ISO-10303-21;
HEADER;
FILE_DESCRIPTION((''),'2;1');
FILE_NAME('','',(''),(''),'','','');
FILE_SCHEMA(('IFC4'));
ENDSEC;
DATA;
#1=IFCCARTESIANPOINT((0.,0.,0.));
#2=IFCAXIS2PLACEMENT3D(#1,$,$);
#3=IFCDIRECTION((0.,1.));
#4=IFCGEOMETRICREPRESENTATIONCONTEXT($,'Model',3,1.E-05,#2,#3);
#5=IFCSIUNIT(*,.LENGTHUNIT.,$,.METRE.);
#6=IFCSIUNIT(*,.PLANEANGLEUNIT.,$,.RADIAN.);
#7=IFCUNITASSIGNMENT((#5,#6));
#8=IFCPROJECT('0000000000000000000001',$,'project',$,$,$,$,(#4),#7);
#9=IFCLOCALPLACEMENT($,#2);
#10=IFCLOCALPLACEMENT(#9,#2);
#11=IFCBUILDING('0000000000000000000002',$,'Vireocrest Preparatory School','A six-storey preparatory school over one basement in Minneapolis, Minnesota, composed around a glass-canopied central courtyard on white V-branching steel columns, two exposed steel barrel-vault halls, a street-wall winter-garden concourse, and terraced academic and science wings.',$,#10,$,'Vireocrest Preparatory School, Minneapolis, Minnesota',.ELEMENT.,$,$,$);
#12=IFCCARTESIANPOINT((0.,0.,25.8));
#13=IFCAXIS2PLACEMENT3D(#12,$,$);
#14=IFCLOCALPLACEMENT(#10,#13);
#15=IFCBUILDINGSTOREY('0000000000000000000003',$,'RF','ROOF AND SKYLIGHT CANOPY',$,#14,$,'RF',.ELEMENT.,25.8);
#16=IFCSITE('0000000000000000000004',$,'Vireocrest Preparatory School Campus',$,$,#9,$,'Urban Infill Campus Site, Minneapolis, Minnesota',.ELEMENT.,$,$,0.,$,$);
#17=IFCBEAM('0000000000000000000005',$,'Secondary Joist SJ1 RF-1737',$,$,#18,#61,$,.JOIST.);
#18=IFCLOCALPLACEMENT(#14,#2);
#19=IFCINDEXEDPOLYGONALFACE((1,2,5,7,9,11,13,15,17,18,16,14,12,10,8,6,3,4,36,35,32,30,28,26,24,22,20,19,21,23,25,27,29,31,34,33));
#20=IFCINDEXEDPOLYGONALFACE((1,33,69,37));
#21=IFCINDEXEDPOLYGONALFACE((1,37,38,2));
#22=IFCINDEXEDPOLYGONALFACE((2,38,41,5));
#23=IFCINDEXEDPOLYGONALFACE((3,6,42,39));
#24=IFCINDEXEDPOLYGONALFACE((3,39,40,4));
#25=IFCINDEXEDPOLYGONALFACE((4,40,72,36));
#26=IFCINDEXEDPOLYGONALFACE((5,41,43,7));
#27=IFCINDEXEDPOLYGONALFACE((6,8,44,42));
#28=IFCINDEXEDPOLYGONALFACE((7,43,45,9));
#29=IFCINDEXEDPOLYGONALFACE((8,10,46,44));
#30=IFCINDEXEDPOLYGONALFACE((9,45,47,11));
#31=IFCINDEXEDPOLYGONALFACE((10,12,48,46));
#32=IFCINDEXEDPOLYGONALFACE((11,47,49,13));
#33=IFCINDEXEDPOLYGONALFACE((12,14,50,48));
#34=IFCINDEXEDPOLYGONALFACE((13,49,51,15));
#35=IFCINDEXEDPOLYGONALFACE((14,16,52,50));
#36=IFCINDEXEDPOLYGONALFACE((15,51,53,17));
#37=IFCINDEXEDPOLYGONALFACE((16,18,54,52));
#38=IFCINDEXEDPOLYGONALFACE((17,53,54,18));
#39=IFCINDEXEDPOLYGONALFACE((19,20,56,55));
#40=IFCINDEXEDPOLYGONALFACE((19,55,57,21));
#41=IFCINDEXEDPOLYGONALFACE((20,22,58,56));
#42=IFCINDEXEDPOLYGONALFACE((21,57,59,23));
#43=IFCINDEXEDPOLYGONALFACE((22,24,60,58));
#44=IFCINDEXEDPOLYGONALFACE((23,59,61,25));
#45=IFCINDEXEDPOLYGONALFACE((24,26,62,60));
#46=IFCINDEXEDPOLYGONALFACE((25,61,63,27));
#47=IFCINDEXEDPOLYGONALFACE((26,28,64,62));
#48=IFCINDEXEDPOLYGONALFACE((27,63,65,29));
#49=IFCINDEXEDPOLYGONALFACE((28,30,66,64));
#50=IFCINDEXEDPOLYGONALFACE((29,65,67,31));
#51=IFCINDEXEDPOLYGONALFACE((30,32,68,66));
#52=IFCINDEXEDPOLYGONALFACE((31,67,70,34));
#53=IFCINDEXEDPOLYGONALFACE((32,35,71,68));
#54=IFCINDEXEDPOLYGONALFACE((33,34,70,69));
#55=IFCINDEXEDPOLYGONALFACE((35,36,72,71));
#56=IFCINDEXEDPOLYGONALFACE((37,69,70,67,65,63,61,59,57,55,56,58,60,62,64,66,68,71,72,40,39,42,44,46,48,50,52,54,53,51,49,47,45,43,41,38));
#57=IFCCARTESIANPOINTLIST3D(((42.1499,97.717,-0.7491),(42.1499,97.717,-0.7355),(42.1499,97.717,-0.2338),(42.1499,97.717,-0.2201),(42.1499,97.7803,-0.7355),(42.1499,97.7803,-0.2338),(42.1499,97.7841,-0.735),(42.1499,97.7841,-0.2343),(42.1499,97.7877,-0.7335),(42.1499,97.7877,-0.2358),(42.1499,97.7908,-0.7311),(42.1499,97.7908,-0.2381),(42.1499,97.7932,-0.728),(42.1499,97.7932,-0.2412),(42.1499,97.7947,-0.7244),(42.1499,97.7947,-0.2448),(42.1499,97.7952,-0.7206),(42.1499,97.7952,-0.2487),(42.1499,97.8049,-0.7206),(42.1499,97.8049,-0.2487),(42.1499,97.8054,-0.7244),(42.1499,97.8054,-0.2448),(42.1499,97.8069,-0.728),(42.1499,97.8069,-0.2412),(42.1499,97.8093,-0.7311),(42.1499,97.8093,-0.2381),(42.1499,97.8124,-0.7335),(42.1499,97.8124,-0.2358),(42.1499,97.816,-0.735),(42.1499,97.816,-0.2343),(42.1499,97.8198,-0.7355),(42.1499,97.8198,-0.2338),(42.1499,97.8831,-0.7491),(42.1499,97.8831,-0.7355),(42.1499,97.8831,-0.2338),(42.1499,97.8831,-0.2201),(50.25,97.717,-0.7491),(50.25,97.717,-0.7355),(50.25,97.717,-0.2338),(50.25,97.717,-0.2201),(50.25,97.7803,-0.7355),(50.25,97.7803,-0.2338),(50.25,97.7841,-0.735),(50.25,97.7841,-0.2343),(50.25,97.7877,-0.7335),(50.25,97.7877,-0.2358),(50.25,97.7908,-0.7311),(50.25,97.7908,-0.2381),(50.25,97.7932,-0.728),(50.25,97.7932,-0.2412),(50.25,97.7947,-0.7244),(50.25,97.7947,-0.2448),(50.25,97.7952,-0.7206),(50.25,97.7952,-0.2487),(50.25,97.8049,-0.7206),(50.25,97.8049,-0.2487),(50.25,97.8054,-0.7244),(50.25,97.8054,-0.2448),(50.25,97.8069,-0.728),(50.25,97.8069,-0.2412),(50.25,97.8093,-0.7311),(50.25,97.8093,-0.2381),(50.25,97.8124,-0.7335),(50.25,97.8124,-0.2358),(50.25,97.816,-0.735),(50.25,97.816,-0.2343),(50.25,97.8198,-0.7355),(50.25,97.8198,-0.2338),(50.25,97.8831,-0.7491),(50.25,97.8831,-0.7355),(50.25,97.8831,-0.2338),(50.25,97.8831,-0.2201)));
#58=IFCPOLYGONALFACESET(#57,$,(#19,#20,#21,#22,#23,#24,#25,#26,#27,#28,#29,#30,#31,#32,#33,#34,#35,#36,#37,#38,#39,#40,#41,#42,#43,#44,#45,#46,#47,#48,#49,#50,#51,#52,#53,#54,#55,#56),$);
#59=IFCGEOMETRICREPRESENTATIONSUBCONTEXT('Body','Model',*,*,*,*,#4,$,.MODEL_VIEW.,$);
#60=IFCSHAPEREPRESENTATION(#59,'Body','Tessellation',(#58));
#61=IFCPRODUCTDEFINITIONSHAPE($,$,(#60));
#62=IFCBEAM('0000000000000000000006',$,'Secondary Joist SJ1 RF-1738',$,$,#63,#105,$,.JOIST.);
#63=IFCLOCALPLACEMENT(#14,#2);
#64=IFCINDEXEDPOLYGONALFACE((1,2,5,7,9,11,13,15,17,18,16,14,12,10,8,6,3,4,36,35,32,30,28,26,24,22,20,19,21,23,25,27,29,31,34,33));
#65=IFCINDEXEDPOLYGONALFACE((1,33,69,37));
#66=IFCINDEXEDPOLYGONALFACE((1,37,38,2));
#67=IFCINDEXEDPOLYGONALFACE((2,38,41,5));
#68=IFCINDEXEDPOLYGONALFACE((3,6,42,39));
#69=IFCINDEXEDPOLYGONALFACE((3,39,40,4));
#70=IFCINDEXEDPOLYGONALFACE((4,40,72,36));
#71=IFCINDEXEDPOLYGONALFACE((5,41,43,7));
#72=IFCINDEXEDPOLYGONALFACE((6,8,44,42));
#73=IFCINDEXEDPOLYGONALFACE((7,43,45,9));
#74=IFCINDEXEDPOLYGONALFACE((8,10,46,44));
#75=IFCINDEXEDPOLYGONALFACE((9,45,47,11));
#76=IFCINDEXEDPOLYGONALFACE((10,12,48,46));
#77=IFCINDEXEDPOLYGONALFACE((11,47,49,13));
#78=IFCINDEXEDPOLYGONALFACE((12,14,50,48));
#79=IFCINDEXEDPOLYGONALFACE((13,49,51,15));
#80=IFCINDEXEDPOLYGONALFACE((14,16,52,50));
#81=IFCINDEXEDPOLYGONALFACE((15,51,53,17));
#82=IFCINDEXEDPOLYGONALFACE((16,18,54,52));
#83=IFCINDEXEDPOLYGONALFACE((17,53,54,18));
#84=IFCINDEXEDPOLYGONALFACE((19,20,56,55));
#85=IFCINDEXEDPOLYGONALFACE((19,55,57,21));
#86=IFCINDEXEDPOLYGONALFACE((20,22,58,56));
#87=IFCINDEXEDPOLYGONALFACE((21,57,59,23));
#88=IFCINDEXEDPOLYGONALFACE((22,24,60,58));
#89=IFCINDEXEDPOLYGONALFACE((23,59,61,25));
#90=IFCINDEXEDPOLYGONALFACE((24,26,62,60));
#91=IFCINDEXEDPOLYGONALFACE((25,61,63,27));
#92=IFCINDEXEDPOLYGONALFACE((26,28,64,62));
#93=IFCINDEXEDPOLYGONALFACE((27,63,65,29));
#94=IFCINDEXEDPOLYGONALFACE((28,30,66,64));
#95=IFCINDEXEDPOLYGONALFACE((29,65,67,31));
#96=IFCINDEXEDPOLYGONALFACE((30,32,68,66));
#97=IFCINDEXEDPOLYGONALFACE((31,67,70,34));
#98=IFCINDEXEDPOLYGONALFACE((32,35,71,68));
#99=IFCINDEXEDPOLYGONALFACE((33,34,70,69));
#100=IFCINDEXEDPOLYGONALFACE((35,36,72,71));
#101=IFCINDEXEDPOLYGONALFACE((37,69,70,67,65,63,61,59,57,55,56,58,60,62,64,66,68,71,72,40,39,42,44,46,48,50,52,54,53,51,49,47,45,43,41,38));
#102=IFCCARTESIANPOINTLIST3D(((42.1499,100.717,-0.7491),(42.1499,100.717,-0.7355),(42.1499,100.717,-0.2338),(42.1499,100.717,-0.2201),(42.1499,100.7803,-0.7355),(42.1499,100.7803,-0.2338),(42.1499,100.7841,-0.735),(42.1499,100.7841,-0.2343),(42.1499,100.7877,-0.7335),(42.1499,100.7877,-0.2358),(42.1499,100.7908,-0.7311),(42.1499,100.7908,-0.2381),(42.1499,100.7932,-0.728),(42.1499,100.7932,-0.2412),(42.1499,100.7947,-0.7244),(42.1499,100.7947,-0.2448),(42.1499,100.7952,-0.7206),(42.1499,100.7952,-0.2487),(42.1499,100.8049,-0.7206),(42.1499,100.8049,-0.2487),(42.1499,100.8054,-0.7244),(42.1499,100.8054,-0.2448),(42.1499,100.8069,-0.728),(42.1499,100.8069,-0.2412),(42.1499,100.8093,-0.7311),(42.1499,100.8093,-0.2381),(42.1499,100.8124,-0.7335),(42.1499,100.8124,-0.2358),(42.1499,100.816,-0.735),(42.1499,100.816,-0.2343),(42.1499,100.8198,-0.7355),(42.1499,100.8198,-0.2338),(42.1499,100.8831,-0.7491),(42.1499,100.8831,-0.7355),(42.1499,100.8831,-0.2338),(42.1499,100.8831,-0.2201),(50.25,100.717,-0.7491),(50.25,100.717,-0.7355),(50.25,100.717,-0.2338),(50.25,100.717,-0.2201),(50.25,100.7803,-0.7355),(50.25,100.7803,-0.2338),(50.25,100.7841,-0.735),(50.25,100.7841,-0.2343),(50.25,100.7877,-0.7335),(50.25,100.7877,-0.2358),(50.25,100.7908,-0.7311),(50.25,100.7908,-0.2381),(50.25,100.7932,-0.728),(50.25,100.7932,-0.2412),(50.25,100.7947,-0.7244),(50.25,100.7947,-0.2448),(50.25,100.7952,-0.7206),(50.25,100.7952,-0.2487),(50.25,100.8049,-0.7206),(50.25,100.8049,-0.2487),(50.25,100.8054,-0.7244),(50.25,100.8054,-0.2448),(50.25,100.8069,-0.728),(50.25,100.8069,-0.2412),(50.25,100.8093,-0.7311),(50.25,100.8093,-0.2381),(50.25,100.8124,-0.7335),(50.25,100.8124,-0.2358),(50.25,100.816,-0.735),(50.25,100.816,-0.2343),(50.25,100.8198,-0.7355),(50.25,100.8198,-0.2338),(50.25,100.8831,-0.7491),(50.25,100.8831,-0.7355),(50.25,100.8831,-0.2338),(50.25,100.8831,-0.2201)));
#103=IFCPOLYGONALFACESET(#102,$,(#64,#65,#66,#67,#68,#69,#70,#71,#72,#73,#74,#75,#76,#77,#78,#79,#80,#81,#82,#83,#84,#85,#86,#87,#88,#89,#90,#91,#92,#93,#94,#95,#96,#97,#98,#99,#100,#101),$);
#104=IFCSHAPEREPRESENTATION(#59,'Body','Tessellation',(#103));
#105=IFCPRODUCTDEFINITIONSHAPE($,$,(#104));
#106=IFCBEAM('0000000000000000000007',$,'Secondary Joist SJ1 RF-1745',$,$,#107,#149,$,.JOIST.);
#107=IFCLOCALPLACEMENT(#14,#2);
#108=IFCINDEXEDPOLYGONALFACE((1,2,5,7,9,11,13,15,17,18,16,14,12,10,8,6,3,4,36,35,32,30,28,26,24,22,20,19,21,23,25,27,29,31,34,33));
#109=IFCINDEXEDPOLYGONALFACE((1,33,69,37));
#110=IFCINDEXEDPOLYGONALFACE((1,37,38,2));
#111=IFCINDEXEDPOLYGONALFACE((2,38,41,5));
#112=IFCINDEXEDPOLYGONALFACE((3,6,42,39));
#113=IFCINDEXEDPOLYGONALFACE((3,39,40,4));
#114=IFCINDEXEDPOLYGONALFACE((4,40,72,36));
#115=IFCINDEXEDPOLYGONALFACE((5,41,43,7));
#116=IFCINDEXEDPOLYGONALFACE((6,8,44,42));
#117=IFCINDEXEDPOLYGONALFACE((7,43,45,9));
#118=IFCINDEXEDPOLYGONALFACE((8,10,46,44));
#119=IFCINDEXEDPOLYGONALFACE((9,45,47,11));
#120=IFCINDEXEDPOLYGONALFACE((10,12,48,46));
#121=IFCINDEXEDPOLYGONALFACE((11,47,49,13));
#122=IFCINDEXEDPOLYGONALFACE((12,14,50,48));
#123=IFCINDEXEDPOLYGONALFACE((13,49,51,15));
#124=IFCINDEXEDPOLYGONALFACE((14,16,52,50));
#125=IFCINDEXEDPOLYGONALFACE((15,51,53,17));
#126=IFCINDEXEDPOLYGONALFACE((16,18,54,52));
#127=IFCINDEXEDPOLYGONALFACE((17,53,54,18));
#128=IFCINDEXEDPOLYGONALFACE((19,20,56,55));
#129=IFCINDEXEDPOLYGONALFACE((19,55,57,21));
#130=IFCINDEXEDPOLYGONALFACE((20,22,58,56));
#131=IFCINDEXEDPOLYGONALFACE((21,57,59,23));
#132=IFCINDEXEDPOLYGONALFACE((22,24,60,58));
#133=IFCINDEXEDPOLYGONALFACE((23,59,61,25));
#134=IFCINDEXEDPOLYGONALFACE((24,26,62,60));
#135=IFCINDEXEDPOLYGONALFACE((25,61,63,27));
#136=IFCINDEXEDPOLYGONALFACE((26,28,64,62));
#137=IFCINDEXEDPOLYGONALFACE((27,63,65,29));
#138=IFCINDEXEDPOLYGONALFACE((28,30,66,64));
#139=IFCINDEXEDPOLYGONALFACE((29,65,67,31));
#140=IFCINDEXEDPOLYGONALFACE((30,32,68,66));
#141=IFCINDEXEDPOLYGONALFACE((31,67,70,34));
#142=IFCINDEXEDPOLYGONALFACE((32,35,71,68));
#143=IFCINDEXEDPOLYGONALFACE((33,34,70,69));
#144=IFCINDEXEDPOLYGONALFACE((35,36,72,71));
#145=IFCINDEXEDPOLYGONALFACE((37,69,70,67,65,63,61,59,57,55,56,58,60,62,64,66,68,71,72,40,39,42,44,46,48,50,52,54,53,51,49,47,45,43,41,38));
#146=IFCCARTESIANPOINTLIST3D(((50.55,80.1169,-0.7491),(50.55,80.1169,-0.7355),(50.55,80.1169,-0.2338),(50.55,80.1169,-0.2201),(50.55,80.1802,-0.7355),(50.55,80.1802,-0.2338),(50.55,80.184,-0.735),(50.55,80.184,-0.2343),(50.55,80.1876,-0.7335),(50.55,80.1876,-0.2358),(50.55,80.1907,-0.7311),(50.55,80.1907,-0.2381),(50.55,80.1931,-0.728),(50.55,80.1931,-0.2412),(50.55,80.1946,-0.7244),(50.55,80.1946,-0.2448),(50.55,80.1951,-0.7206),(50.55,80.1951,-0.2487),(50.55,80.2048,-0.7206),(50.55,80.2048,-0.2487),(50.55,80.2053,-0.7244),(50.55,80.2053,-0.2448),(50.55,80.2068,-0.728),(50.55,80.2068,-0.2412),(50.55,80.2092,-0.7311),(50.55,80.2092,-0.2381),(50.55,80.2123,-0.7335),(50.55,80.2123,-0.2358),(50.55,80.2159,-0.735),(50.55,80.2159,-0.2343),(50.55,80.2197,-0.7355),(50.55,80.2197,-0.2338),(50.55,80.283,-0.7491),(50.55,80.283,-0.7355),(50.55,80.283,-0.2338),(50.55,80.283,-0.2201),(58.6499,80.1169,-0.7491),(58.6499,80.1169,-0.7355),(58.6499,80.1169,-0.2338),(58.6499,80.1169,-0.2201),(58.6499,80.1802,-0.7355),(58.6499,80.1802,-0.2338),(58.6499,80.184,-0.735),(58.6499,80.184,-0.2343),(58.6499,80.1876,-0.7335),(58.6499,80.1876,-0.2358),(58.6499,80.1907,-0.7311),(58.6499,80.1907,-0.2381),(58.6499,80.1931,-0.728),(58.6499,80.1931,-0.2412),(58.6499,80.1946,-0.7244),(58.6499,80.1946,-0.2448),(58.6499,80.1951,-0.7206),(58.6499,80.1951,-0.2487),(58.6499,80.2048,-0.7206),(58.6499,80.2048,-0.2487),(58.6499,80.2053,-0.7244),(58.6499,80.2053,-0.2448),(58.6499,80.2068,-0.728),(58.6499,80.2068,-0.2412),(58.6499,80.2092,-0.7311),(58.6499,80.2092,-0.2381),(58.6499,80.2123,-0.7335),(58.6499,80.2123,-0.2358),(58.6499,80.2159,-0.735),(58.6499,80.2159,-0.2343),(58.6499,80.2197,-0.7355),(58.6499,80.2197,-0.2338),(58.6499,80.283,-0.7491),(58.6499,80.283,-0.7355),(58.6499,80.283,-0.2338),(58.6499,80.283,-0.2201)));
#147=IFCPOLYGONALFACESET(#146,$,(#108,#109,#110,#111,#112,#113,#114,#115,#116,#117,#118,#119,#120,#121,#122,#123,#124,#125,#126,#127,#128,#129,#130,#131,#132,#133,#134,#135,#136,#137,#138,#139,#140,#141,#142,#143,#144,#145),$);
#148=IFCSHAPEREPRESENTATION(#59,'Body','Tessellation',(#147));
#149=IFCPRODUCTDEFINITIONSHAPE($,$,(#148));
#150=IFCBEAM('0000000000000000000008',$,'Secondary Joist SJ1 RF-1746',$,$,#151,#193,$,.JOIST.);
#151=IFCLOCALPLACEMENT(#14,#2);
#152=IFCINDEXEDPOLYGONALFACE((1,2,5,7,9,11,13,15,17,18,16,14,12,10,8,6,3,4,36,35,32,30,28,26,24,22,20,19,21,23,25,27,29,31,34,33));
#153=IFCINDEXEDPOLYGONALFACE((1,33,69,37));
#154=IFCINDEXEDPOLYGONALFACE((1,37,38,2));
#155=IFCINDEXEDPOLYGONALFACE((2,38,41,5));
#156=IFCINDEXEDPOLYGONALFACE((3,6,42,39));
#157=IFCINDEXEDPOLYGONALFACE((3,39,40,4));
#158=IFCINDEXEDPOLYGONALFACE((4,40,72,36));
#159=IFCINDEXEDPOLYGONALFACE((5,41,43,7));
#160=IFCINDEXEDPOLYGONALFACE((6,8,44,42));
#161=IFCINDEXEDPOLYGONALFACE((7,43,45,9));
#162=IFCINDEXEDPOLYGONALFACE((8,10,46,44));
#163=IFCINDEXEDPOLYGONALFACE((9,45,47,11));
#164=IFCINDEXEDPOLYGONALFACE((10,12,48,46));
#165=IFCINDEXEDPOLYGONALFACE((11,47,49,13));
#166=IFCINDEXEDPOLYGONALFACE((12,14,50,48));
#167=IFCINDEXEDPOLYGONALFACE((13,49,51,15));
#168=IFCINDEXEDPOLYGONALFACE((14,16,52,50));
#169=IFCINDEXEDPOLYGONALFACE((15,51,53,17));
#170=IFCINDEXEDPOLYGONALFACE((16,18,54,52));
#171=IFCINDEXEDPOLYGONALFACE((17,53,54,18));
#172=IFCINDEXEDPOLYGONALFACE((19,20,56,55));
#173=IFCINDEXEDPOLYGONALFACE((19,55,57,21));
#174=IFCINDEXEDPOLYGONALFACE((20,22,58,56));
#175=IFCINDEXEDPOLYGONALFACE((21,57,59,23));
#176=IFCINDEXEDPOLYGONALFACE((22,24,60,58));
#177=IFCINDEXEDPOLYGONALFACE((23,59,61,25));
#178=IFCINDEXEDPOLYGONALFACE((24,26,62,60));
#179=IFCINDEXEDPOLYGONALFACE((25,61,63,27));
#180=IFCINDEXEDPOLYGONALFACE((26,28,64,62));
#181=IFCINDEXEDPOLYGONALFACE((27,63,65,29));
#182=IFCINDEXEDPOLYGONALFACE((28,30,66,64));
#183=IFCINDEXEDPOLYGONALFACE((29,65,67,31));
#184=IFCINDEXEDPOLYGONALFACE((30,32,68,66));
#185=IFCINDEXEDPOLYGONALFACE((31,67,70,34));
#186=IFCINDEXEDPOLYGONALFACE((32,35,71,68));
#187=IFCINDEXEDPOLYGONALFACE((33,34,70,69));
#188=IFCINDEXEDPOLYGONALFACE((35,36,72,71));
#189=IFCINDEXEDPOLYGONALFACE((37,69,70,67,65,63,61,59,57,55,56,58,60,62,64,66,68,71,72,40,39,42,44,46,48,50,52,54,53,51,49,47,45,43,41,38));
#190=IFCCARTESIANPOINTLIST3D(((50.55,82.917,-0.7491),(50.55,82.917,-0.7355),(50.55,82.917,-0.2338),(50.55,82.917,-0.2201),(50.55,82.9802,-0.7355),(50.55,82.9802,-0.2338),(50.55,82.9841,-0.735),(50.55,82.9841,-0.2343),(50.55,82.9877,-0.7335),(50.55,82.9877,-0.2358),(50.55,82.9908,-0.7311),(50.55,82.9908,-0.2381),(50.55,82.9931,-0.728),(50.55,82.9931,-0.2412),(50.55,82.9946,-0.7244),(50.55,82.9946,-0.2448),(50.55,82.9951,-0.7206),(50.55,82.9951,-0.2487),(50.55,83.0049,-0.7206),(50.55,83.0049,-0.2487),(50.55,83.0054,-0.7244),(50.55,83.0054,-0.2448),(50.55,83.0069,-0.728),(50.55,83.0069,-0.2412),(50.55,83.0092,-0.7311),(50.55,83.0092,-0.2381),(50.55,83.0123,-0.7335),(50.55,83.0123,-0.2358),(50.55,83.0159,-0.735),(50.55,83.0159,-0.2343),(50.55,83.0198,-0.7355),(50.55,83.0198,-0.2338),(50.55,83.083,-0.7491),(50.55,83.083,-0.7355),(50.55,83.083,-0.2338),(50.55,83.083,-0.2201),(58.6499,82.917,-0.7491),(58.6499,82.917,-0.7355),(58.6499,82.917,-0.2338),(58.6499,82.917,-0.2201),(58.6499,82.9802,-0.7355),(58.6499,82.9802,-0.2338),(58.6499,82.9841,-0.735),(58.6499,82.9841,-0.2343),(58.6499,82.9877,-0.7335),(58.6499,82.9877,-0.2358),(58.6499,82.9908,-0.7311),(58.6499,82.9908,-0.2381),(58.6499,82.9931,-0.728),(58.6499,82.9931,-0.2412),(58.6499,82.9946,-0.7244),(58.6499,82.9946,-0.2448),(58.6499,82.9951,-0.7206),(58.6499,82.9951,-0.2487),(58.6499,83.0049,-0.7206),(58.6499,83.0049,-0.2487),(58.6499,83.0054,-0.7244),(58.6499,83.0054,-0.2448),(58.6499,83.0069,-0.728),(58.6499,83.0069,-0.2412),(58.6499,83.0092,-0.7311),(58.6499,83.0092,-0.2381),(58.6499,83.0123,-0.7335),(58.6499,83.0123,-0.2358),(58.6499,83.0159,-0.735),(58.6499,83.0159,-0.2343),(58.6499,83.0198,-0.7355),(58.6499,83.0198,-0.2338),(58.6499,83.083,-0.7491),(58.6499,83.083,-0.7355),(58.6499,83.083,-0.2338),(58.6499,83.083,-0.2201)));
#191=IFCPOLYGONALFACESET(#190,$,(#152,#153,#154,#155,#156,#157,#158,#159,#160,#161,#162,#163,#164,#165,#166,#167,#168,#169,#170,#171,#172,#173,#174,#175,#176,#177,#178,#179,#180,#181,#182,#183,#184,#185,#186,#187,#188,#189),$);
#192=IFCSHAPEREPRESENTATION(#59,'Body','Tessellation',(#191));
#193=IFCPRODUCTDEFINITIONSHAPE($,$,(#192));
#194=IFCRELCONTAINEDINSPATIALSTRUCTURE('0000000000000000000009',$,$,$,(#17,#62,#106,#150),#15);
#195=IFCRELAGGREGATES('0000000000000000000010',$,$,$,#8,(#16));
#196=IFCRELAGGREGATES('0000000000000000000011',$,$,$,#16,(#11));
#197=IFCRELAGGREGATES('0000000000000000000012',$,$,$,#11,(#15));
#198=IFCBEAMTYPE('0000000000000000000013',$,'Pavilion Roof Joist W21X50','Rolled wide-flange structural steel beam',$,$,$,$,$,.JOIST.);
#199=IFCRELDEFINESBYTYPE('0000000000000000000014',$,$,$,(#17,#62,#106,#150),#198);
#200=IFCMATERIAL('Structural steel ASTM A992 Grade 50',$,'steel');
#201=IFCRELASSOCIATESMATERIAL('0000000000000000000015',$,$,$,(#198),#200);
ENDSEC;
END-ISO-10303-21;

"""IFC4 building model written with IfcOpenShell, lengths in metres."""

from ifc_helpers import new_model, si_unit, direction, frame, origin, origin_2d, place, context, subcontext, project, spatial, i_section, extrude, material, material_profile, profile_set, type_object, element, save


model = new_model("IFC4")

# Units and contexts
model_context = context("Model", 3, precision=1e-05, world=origin(), true_north=direction((0.0, 1.0)))
body_context = subcontext(model_context, "Body", "Model", "MODEL_VIEW")
ifc_project = project(units=[si_unit("LENGTHUNIT", "METRE"), si_unit("PLANEANGLEUNIT", "RADIAN")], contexts=[model_context])

# Site, building, storey
site_placement = place(None, origin())
site = spatial("IfcSite", under=ifc_project, at=site_placement, Name="Vireocrest Preparatory School Campus", LongName="Urban Infill Campus Site, Minneapolis, Minnesota", CompositionType="ELEMENT", RefElevation=0.0)
building_placement = place(site_placement, origin())
building = spatial("IfcBuilding", under=site, at=building_placement, Name="Vireocrest Preparatory School", Description="A six-storey preparatory school over one basement in Minneapolis, Minnesota, composed around a glass-canopied central courtyard on white V-branching steel columns, two exposed steel barrel-vault halls, a street-wall winter-garden concourse, and terraced academic and science wings.", LongName="Vireocrest Preparatory School, Minneapolis, Minnesota", CompositionType="ELEMENT")
storey_placement = place(building_placement, frame((0.0, 0.0, 25.8)))
storey = spatial("IfcBuildingStorey", under=building, at=storey_placement, Name="RF", Description="ROOF AND SKYLIGHT CANOPY", LongName="RF", CompositionType="ELEMENT", Elevation=25.8)

# Beams
ifc_material_1 = material(Name="Structural steel ASTM A992 Grade 50", Category="steel")
ifc_material_profile_1 = material_profile(ifc_material_1, i_section(OverallWidth=0.166, OverallDepth=0.5291, WebThickness=0.0098, FlangeThickness=0.0137, FilletRadius=0.0149, at=origin_2d()), Name="W21X50")
ifc_profile_set_1 = profile_set([ifc_material_profile_1], Name="Structural steel ASTM A992 Grade 50")
beam_type_1 = type_object("IfcBeamType", Name="Pavilion Roof Joist W21X50", Description="Rolled wide-flange structural steel beam", PredefinedType="JOIST", material=ifc_profile_set_1)
for number, where, z_axis, x_axis, name in (
    (1, (42.1499, 97.8, -0.4846), (1.0, 0.0, 0.0), (0.0, 1.0, 0.0), "Secondary Joist SJ1 RF-1737"),
    (2, (42.1499, 100.8, -0.4846), (1.0, 0.0, 0.0), (0.0, 1.0, 0.0), "Secondary Joist SJ1 RF-1738"),
):
    element("IfcBeam", number, at=place(storey_placement, frame(where, z_axis=z_axis, x_axis=x_axis)), inside=storey, type_object=beam_type_1, Name=name, PredefinedType="JOIST", context=body_context, shape_type="SweptSolid", body=[
        extrude(i_section(OverallWidth=0.166, OverallDepth=0.5291, WebThickness=0.0098, FlangeThickness=0.0137, FilletRadius=0.0149, at=origin_2d()), origin(), (0.0, 0.0, 1.0), 8.1001),
    ])
for number, where, z_axis, x_axis, name in (
    (3, (50.55, 80.2, -0.4846), (1.0, 0.0, 0.0), (0.0, 1.0, 0.0), "Secondary Joist SJ1 RF-1745"),
    (4, (50.55, 83.0, -0.4846), (1.0, 0.0, 0.0), (0.0, 1.0, 0.0), "Secondary Joist SJ1 RF-1746"),
):
    element("IfcBeam", number, at=place(storey_placement, frame(where, z_axis=z_axis, x_axis=x_axis)), inside=storey, type_object=beam_type_1, Name=name, PredefinedType="JOIST", context=body_context, shape_type="SweptSolid", body=[
        extrude(i_section(OverallWidth=0.166, OverallDepth=0.5291, WebThickness=0.0098, FlangeThickness=0.0137, FilletRadius=0.0149, at=origin_2d()), origin(), (0.0, 0.0, 1.0), 8.0999),
    ])

save(model, "model.ifc")
